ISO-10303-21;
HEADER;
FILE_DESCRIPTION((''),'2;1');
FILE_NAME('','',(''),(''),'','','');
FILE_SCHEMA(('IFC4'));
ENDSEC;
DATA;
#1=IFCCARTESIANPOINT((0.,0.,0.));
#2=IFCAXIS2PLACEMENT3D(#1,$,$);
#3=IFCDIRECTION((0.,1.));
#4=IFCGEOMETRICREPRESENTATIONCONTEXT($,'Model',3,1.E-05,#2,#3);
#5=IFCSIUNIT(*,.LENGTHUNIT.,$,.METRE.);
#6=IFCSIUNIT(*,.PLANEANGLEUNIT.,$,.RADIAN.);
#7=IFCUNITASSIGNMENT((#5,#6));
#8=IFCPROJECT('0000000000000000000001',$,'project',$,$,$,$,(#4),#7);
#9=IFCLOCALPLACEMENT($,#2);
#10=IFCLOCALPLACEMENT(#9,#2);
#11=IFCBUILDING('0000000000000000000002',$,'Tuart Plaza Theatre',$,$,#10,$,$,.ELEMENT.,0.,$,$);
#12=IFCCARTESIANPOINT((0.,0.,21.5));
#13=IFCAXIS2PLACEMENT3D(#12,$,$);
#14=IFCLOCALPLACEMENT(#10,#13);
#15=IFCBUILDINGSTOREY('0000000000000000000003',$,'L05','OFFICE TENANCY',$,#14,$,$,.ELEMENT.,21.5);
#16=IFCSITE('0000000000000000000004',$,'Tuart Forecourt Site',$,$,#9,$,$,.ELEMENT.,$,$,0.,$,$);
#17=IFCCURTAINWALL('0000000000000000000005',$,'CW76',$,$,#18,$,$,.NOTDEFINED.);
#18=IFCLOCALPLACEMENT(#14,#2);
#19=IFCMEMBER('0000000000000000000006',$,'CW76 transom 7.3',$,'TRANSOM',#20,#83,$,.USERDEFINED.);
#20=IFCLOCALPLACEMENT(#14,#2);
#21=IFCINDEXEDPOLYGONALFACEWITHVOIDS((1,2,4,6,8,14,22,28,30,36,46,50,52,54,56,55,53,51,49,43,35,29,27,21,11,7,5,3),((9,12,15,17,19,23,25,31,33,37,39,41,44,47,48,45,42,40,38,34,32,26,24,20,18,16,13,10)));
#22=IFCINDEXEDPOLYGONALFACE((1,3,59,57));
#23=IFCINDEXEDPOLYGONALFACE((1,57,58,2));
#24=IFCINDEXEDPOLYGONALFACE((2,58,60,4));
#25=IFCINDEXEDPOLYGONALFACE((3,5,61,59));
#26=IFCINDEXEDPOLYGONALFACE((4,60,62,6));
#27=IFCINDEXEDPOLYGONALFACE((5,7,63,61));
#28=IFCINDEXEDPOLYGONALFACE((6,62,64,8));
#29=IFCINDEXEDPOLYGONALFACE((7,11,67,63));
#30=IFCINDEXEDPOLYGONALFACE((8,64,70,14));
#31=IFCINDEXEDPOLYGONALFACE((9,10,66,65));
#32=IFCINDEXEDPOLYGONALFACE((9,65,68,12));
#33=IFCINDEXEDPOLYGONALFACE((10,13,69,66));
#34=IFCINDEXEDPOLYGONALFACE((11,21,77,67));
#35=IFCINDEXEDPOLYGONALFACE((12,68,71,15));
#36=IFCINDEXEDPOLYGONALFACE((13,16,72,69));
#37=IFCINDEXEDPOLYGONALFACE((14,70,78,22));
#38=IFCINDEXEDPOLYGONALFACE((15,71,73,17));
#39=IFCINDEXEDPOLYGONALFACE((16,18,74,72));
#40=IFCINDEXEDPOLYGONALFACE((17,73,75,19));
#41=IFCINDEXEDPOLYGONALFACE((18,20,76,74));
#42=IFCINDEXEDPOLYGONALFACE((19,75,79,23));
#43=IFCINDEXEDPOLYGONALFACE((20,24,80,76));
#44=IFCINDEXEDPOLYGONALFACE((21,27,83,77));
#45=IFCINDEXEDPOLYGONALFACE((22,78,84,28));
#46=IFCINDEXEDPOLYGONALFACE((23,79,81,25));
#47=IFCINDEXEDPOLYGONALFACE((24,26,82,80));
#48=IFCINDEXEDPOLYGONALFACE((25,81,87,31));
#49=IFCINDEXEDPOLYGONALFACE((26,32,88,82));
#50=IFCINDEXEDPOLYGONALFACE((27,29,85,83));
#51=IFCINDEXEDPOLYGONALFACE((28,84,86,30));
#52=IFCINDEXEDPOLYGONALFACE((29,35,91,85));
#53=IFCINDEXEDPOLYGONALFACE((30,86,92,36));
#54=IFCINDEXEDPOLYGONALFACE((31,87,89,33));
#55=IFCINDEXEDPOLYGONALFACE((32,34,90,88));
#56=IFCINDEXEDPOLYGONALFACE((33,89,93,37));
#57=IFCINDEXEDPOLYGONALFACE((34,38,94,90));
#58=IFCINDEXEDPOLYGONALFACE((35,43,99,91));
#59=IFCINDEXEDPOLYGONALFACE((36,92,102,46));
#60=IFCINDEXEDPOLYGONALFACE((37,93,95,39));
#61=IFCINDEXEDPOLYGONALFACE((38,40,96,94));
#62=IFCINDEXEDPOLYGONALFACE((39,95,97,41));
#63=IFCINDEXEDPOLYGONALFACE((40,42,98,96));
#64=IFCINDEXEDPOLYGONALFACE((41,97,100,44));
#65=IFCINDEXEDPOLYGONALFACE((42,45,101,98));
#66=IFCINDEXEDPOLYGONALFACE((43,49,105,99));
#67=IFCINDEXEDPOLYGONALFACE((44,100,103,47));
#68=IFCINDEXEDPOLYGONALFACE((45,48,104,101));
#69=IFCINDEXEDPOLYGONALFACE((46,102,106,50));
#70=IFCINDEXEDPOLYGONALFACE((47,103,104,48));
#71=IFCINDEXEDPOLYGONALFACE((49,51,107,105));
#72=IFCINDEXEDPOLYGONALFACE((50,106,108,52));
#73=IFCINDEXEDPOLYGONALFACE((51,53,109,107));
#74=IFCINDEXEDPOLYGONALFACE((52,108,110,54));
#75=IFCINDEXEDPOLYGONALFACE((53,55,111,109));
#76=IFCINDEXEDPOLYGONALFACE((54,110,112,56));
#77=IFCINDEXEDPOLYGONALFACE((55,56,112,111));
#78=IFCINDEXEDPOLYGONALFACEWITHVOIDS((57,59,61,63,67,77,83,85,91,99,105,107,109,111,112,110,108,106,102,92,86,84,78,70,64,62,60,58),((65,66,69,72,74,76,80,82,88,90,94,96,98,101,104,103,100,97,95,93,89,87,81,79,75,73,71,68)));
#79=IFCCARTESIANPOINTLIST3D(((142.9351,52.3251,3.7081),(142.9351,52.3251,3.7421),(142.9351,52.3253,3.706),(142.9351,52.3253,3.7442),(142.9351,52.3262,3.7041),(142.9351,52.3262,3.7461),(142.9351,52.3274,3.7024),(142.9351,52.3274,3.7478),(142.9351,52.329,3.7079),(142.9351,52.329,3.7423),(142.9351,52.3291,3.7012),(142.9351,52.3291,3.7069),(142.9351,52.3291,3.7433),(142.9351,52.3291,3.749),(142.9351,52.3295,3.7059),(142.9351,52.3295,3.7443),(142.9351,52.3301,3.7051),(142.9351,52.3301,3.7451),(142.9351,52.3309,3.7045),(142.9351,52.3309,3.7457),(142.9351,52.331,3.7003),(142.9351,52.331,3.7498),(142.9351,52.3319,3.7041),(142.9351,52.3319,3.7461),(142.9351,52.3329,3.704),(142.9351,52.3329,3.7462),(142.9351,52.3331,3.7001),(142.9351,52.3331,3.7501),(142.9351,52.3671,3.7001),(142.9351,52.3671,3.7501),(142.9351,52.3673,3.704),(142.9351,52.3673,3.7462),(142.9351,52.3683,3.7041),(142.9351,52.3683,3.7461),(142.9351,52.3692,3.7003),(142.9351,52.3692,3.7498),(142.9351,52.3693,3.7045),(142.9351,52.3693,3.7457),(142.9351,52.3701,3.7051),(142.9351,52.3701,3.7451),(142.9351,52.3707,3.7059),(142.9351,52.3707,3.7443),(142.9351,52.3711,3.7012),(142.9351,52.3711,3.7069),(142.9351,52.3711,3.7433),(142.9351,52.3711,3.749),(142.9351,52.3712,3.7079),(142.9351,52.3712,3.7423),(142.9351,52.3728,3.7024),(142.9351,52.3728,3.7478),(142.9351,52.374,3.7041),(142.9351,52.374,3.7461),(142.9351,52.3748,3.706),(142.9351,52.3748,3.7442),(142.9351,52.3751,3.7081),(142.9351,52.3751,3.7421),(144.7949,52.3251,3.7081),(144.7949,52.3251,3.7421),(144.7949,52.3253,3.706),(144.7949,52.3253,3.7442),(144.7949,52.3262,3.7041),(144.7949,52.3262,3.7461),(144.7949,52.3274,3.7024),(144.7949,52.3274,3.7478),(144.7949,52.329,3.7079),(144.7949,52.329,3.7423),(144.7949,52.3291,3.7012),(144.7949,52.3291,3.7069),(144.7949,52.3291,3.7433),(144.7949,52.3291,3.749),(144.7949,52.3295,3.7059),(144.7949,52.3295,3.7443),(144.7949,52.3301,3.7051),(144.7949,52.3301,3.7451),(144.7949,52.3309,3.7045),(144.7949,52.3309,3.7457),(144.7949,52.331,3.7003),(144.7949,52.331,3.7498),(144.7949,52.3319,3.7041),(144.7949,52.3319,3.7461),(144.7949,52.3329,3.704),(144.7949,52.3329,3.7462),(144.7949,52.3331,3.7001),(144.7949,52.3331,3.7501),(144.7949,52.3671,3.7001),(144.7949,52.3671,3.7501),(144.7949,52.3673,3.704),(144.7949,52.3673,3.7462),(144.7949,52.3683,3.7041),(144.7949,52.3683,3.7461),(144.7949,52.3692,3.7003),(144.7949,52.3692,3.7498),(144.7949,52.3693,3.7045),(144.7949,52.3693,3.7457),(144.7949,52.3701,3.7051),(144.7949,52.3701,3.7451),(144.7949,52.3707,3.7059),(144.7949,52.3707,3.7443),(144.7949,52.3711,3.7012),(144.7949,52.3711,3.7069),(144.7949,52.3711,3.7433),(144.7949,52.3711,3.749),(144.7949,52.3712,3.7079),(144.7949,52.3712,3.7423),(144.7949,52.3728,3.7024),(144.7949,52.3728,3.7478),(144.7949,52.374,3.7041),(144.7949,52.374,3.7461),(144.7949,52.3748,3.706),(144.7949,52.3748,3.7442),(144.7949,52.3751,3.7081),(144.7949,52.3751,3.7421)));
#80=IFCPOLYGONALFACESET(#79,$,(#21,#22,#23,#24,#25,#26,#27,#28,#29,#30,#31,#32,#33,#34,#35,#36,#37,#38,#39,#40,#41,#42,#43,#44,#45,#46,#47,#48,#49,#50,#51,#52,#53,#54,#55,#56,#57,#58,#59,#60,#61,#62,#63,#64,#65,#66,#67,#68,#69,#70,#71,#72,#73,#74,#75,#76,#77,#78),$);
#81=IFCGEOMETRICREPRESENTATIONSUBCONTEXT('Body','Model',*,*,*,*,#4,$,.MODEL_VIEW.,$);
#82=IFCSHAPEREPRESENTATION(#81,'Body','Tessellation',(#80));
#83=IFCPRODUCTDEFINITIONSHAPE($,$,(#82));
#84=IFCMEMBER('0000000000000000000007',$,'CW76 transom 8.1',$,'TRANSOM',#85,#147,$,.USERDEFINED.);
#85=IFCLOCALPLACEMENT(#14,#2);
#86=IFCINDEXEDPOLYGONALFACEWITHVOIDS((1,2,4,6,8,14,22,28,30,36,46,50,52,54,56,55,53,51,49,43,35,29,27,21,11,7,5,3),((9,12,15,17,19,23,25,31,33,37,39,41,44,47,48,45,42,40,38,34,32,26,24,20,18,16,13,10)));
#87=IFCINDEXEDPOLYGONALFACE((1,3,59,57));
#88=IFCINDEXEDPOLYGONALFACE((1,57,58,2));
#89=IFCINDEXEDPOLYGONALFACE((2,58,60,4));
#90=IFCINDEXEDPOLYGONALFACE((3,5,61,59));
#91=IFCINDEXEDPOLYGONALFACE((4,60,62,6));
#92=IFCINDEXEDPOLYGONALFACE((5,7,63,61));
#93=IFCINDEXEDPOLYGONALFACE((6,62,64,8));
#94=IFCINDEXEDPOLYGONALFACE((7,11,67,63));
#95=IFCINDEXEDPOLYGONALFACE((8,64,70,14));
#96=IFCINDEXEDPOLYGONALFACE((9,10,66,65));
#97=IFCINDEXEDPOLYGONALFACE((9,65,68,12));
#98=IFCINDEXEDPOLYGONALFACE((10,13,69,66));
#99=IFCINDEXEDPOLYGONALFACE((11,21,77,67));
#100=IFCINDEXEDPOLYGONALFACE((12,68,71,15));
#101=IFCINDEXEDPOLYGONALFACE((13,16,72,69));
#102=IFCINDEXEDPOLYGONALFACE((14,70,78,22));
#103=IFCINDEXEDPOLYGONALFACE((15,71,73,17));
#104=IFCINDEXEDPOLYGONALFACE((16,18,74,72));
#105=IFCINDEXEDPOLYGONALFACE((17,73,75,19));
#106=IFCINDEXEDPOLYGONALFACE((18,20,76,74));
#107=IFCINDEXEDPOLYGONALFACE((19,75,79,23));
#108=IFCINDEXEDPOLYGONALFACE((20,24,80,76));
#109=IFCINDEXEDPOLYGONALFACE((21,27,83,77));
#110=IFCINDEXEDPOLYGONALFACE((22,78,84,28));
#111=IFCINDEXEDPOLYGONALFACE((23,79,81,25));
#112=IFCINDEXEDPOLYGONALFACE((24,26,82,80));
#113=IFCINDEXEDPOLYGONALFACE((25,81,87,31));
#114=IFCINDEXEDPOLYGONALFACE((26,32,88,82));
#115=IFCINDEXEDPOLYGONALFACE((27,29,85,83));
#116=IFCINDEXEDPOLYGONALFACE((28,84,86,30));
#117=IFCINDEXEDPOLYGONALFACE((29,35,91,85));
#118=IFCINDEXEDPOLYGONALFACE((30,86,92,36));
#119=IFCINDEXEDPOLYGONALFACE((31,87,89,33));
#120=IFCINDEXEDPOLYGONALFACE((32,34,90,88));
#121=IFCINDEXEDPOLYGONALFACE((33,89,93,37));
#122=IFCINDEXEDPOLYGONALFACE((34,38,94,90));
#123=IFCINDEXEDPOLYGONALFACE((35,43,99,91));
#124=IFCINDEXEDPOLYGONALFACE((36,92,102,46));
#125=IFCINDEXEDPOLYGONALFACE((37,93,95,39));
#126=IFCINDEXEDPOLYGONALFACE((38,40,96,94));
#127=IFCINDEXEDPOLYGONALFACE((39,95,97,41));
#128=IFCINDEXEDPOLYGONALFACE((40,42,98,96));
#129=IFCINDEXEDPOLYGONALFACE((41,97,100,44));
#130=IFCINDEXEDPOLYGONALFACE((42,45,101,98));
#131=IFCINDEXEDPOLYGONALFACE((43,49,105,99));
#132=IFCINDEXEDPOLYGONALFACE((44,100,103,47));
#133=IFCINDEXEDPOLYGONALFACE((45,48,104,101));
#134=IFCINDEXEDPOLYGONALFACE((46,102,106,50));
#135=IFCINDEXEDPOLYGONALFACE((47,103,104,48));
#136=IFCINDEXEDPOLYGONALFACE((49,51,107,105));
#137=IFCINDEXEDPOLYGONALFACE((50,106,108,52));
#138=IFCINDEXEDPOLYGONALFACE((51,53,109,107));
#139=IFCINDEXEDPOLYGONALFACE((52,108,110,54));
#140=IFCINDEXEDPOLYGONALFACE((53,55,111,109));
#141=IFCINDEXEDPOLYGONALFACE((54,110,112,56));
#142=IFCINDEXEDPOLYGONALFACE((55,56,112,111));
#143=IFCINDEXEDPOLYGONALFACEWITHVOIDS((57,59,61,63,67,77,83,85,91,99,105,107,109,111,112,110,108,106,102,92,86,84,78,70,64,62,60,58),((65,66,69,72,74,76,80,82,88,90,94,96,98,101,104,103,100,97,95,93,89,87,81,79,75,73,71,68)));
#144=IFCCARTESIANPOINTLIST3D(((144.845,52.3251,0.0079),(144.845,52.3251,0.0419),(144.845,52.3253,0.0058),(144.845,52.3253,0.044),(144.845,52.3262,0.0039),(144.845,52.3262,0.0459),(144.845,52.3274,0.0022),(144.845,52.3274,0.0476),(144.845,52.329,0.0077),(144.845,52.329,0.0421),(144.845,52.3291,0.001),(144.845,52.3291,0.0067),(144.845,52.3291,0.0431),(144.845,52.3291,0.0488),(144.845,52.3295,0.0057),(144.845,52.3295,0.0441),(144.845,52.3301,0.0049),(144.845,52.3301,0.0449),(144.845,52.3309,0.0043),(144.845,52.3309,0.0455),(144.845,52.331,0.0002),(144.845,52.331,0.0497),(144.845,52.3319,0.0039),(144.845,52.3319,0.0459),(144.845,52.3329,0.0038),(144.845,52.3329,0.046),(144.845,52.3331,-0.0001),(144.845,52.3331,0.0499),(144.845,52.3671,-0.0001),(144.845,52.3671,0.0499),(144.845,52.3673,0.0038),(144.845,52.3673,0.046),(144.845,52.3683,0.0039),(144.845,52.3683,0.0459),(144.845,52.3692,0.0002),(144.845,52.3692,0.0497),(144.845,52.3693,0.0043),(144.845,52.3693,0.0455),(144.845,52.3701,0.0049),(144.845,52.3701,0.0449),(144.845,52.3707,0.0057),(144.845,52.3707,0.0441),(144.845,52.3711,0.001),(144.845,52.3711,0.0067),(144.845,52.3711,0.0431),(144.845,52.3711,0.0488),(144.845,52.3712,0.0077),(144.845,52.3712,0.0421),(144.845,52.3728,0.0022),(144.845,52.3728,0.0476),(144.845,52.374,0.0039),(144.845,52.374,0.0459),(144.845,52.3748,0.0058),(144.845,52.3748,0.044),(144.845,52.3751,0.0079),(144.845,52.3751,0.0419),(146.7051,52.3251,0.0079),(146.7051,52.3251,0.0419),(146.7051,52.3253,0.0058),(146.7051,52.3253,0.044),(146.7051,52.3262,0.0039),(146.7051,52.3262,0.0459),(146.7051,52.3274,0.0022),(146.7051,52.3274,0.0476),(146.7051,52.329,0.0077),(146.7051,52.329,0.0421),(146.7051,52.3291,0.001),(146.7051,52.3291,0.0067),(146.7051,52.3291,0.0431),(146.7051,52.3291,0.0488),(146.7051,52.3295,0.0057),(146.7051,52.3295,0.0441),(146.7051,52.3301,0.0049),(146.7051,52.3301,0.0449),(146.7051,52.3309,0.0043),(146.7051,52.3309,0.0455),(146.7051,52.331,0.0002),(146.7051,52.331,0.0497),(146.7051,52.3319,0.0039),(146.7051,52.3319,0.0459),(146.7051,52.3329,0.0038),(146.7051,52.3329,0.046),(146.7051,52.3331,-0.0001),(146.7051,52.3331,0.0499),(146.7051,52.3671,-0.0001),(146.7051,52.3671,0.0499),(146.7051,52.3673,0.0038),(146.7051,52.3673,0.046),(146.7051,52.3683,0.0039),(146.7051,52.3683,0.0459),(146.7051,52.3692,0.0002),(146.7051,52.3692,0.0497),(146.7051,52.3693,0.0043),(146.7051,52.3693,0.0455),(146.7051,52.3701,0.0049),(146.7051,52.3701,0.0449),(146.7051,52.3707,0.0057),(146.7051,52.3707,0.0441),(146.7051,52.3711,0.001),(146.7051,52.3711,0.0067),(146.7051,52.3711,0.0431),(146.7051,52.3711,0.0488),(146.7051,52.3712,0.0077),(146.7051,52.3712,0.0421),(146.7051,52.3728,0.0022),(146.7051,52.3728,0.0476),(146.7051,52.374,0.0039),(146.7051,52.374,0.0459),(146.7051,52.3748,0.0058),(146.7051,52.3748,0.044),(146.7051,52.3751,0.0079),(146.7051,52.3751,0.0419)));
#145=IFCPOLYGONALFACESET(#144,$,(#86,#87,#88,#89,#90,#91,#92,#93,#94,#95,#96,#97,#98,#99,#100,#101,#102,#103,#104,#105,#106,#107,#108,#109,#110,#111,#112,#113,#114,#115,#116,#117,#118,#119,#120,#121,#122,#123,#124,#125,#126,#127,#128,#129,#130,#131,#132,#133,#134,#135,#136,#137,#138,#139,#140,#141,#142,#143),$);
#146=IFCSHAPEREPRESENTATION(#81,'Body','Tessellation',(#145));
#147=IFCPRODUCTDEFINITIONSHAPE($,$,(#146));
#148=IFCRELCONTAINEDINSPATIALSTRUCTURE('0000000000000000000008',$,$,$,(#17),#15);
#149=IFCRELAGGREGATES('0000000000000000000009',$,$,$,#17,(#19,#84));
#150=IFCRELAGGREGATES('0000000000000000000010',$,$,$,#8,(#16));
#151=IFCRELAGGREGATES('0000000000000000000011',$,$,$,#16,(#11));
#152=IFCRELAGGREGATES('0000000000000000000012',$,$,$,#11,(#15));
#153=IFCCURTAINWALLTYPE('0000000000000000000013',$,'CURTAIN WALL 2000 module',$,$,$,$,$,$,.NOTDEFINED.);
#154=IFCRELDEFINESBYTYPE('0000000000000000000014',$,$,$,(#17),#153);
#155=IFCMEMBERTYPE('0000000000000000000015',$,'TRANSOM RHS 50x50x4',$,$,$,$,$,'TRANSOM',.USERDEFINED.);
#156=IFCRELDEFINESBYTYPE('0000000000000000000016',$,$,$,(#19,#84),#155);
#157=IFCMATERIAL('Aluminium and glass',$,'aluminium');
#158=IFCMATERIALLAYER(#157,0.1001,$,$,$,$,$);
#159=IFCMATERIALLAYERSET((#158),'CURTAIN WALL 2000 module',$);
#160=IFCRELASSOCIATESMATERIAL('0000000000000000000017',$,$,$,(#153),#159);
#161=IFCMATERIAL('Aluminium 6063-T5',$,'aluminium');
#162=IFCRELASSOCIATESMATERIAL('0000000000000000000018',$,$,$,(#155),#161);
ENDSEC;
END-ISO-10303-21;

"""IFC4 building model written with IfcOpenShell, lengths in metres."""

from ifc_helpers import new_model, si_unit, direction, frame, origin, origin_2d, place, context, subcontext, project, spatial, hollow_rectangle, extrude, material, layer, layer_set, material_profile, profile_set, type_object, element, aggregate, save


model = new_model("IFC4")

# Units and contexts
model_context = context("Model", 3, precision=1e-05, world=origin(), true_north=direction((0.0, 1.0)))
body_context = subcontext(model_context, "Body", "Model", "MODEL_VIEW")
ifc_project = project(units=[si_unit("LENGTHUNIT", "METRE"), si_unit("PLANEANGLEUNIT", "RADIAN")], contexts=[model_context])

# Site, building, storey
site_placement = place(None, origin())
site = spatial("IfcSite", under=ifc_project, at=site_placement, Name="Tuart Forecourt Site", CompositionType="ELEMENT", RefElevation=0.0)
building_placement = place(site_placement, origin())
building = spatial("IfcBuilding", under=site, at=building_placement, Name="Tuart Plaza Theatre", CompositionType="ELEMENT", ElevationOfRefHeight=0.0)
storey_placement = place(building_placement, frame((0.0, 0.0, 21.5)))
storey = spatial("IfcBuildingStorey", under=building, at=storey_placement, Name="L05", Description="OFFICE TENANCY", CompositionType="ELEMENT", Elevation=21.5)

# Curtain wall, members
ifc_material_1 = material(Name="Aluminium and glass", Category="aluminium")
ifc_layer_1 = layer(ifc_material_1, 0.1001)
ifc_layer_set_1 = layer_set([ifc_layer_1], Name="CURTAIN WALL 2000 module")
curtain_wall_type = type_object("IfcCurtainWallType", Name="CURTAIN WALL 2000 module", PredefinedType="NOTDEFINED", material=ifc_layer_set_1)
curtain_wall_placement = place(storey_placement, origin())
curtain_wall = element("IfcCurtainWall", 1, at=curtain_wall_placement, inside=storey, type_object=curtain_wall_type, Name="CW76", PredefinedType="NOTDEFINED")
ifc_material_2 = material(Name="Aluminium 6063-T5", Category="aluminium")
ifc_material_profile_1 = material_profile(ifc_material_2, hollow_rectangle(XDim=0.05, YDim=0.05, WallThickness=0.0039, InnerFilletRadius=0.0039, OuterFilletRadius=0.0081, at=origin_2d()), Name="RHS 50x50x4")
ifc_profile_set_1 = profile_set([ifc_material_profile_1], Name="Aluminium 6063-T5")
member_type_1 = type_object("IfcMemberType", Name="TRANSOM RHS 50x50x4", ElementType="TRANSOM", PredefinedType="USERDEFINED", material=ifc_profile_set_1)
member_1_placement = place(storey_placement, frame((142.9351, 52.3501, 3.7251), z_axis=(1.0, 0.0, 0.0), x_axis=(0.0, 1.0, 0.0)))
member_1 = element("IfcMember", 2, at=member_1_placement, type_object=member_type_1, Name="CW76 transom 7.3", ObjectType="TRANSOM", PredefinedType="USERDEFINED", context=body_context, shape_type="SweptSolid", body=[
    extrude(hollow_rectangle(XDim=0.05, YDim=0.05, WallThickness=0.0039, InnerFilletRadius=0.0039, OuterFilletRadius=0.0081, at=origin_2d()), origin(), (0.0, 0.0, 1.0), 1.8599),
])
member_2_placement = place(storey_placement, frame((144.845, 52.3501, 0.0249), z_axis=(1.0, 0.0, 0.0), x_axis=(0.0, 1.0, 0.0)))
member_2 = element("IfcMember", 3, at=member_2_placement, type_object=member_type_1, Name="CW76 transom 8.1", ObjectType="TRANSOM", PredefinedType="USERDEFINED", context=body_context, shape_type="SweptSolid", body=[
    extrude(hollow_rectangle(XDim=0.05, YDim=0.05, WallThickness=0.0039, InnerFilletRadius=0.0039, OuterFilletRadius=0.0081, at=origin_2d()), origin(), (0.0, 0.0, 1.0), 1.8601),
])
aggregate(curtain_wall, [member_1, member_2])

save(model, "model.ifc")
